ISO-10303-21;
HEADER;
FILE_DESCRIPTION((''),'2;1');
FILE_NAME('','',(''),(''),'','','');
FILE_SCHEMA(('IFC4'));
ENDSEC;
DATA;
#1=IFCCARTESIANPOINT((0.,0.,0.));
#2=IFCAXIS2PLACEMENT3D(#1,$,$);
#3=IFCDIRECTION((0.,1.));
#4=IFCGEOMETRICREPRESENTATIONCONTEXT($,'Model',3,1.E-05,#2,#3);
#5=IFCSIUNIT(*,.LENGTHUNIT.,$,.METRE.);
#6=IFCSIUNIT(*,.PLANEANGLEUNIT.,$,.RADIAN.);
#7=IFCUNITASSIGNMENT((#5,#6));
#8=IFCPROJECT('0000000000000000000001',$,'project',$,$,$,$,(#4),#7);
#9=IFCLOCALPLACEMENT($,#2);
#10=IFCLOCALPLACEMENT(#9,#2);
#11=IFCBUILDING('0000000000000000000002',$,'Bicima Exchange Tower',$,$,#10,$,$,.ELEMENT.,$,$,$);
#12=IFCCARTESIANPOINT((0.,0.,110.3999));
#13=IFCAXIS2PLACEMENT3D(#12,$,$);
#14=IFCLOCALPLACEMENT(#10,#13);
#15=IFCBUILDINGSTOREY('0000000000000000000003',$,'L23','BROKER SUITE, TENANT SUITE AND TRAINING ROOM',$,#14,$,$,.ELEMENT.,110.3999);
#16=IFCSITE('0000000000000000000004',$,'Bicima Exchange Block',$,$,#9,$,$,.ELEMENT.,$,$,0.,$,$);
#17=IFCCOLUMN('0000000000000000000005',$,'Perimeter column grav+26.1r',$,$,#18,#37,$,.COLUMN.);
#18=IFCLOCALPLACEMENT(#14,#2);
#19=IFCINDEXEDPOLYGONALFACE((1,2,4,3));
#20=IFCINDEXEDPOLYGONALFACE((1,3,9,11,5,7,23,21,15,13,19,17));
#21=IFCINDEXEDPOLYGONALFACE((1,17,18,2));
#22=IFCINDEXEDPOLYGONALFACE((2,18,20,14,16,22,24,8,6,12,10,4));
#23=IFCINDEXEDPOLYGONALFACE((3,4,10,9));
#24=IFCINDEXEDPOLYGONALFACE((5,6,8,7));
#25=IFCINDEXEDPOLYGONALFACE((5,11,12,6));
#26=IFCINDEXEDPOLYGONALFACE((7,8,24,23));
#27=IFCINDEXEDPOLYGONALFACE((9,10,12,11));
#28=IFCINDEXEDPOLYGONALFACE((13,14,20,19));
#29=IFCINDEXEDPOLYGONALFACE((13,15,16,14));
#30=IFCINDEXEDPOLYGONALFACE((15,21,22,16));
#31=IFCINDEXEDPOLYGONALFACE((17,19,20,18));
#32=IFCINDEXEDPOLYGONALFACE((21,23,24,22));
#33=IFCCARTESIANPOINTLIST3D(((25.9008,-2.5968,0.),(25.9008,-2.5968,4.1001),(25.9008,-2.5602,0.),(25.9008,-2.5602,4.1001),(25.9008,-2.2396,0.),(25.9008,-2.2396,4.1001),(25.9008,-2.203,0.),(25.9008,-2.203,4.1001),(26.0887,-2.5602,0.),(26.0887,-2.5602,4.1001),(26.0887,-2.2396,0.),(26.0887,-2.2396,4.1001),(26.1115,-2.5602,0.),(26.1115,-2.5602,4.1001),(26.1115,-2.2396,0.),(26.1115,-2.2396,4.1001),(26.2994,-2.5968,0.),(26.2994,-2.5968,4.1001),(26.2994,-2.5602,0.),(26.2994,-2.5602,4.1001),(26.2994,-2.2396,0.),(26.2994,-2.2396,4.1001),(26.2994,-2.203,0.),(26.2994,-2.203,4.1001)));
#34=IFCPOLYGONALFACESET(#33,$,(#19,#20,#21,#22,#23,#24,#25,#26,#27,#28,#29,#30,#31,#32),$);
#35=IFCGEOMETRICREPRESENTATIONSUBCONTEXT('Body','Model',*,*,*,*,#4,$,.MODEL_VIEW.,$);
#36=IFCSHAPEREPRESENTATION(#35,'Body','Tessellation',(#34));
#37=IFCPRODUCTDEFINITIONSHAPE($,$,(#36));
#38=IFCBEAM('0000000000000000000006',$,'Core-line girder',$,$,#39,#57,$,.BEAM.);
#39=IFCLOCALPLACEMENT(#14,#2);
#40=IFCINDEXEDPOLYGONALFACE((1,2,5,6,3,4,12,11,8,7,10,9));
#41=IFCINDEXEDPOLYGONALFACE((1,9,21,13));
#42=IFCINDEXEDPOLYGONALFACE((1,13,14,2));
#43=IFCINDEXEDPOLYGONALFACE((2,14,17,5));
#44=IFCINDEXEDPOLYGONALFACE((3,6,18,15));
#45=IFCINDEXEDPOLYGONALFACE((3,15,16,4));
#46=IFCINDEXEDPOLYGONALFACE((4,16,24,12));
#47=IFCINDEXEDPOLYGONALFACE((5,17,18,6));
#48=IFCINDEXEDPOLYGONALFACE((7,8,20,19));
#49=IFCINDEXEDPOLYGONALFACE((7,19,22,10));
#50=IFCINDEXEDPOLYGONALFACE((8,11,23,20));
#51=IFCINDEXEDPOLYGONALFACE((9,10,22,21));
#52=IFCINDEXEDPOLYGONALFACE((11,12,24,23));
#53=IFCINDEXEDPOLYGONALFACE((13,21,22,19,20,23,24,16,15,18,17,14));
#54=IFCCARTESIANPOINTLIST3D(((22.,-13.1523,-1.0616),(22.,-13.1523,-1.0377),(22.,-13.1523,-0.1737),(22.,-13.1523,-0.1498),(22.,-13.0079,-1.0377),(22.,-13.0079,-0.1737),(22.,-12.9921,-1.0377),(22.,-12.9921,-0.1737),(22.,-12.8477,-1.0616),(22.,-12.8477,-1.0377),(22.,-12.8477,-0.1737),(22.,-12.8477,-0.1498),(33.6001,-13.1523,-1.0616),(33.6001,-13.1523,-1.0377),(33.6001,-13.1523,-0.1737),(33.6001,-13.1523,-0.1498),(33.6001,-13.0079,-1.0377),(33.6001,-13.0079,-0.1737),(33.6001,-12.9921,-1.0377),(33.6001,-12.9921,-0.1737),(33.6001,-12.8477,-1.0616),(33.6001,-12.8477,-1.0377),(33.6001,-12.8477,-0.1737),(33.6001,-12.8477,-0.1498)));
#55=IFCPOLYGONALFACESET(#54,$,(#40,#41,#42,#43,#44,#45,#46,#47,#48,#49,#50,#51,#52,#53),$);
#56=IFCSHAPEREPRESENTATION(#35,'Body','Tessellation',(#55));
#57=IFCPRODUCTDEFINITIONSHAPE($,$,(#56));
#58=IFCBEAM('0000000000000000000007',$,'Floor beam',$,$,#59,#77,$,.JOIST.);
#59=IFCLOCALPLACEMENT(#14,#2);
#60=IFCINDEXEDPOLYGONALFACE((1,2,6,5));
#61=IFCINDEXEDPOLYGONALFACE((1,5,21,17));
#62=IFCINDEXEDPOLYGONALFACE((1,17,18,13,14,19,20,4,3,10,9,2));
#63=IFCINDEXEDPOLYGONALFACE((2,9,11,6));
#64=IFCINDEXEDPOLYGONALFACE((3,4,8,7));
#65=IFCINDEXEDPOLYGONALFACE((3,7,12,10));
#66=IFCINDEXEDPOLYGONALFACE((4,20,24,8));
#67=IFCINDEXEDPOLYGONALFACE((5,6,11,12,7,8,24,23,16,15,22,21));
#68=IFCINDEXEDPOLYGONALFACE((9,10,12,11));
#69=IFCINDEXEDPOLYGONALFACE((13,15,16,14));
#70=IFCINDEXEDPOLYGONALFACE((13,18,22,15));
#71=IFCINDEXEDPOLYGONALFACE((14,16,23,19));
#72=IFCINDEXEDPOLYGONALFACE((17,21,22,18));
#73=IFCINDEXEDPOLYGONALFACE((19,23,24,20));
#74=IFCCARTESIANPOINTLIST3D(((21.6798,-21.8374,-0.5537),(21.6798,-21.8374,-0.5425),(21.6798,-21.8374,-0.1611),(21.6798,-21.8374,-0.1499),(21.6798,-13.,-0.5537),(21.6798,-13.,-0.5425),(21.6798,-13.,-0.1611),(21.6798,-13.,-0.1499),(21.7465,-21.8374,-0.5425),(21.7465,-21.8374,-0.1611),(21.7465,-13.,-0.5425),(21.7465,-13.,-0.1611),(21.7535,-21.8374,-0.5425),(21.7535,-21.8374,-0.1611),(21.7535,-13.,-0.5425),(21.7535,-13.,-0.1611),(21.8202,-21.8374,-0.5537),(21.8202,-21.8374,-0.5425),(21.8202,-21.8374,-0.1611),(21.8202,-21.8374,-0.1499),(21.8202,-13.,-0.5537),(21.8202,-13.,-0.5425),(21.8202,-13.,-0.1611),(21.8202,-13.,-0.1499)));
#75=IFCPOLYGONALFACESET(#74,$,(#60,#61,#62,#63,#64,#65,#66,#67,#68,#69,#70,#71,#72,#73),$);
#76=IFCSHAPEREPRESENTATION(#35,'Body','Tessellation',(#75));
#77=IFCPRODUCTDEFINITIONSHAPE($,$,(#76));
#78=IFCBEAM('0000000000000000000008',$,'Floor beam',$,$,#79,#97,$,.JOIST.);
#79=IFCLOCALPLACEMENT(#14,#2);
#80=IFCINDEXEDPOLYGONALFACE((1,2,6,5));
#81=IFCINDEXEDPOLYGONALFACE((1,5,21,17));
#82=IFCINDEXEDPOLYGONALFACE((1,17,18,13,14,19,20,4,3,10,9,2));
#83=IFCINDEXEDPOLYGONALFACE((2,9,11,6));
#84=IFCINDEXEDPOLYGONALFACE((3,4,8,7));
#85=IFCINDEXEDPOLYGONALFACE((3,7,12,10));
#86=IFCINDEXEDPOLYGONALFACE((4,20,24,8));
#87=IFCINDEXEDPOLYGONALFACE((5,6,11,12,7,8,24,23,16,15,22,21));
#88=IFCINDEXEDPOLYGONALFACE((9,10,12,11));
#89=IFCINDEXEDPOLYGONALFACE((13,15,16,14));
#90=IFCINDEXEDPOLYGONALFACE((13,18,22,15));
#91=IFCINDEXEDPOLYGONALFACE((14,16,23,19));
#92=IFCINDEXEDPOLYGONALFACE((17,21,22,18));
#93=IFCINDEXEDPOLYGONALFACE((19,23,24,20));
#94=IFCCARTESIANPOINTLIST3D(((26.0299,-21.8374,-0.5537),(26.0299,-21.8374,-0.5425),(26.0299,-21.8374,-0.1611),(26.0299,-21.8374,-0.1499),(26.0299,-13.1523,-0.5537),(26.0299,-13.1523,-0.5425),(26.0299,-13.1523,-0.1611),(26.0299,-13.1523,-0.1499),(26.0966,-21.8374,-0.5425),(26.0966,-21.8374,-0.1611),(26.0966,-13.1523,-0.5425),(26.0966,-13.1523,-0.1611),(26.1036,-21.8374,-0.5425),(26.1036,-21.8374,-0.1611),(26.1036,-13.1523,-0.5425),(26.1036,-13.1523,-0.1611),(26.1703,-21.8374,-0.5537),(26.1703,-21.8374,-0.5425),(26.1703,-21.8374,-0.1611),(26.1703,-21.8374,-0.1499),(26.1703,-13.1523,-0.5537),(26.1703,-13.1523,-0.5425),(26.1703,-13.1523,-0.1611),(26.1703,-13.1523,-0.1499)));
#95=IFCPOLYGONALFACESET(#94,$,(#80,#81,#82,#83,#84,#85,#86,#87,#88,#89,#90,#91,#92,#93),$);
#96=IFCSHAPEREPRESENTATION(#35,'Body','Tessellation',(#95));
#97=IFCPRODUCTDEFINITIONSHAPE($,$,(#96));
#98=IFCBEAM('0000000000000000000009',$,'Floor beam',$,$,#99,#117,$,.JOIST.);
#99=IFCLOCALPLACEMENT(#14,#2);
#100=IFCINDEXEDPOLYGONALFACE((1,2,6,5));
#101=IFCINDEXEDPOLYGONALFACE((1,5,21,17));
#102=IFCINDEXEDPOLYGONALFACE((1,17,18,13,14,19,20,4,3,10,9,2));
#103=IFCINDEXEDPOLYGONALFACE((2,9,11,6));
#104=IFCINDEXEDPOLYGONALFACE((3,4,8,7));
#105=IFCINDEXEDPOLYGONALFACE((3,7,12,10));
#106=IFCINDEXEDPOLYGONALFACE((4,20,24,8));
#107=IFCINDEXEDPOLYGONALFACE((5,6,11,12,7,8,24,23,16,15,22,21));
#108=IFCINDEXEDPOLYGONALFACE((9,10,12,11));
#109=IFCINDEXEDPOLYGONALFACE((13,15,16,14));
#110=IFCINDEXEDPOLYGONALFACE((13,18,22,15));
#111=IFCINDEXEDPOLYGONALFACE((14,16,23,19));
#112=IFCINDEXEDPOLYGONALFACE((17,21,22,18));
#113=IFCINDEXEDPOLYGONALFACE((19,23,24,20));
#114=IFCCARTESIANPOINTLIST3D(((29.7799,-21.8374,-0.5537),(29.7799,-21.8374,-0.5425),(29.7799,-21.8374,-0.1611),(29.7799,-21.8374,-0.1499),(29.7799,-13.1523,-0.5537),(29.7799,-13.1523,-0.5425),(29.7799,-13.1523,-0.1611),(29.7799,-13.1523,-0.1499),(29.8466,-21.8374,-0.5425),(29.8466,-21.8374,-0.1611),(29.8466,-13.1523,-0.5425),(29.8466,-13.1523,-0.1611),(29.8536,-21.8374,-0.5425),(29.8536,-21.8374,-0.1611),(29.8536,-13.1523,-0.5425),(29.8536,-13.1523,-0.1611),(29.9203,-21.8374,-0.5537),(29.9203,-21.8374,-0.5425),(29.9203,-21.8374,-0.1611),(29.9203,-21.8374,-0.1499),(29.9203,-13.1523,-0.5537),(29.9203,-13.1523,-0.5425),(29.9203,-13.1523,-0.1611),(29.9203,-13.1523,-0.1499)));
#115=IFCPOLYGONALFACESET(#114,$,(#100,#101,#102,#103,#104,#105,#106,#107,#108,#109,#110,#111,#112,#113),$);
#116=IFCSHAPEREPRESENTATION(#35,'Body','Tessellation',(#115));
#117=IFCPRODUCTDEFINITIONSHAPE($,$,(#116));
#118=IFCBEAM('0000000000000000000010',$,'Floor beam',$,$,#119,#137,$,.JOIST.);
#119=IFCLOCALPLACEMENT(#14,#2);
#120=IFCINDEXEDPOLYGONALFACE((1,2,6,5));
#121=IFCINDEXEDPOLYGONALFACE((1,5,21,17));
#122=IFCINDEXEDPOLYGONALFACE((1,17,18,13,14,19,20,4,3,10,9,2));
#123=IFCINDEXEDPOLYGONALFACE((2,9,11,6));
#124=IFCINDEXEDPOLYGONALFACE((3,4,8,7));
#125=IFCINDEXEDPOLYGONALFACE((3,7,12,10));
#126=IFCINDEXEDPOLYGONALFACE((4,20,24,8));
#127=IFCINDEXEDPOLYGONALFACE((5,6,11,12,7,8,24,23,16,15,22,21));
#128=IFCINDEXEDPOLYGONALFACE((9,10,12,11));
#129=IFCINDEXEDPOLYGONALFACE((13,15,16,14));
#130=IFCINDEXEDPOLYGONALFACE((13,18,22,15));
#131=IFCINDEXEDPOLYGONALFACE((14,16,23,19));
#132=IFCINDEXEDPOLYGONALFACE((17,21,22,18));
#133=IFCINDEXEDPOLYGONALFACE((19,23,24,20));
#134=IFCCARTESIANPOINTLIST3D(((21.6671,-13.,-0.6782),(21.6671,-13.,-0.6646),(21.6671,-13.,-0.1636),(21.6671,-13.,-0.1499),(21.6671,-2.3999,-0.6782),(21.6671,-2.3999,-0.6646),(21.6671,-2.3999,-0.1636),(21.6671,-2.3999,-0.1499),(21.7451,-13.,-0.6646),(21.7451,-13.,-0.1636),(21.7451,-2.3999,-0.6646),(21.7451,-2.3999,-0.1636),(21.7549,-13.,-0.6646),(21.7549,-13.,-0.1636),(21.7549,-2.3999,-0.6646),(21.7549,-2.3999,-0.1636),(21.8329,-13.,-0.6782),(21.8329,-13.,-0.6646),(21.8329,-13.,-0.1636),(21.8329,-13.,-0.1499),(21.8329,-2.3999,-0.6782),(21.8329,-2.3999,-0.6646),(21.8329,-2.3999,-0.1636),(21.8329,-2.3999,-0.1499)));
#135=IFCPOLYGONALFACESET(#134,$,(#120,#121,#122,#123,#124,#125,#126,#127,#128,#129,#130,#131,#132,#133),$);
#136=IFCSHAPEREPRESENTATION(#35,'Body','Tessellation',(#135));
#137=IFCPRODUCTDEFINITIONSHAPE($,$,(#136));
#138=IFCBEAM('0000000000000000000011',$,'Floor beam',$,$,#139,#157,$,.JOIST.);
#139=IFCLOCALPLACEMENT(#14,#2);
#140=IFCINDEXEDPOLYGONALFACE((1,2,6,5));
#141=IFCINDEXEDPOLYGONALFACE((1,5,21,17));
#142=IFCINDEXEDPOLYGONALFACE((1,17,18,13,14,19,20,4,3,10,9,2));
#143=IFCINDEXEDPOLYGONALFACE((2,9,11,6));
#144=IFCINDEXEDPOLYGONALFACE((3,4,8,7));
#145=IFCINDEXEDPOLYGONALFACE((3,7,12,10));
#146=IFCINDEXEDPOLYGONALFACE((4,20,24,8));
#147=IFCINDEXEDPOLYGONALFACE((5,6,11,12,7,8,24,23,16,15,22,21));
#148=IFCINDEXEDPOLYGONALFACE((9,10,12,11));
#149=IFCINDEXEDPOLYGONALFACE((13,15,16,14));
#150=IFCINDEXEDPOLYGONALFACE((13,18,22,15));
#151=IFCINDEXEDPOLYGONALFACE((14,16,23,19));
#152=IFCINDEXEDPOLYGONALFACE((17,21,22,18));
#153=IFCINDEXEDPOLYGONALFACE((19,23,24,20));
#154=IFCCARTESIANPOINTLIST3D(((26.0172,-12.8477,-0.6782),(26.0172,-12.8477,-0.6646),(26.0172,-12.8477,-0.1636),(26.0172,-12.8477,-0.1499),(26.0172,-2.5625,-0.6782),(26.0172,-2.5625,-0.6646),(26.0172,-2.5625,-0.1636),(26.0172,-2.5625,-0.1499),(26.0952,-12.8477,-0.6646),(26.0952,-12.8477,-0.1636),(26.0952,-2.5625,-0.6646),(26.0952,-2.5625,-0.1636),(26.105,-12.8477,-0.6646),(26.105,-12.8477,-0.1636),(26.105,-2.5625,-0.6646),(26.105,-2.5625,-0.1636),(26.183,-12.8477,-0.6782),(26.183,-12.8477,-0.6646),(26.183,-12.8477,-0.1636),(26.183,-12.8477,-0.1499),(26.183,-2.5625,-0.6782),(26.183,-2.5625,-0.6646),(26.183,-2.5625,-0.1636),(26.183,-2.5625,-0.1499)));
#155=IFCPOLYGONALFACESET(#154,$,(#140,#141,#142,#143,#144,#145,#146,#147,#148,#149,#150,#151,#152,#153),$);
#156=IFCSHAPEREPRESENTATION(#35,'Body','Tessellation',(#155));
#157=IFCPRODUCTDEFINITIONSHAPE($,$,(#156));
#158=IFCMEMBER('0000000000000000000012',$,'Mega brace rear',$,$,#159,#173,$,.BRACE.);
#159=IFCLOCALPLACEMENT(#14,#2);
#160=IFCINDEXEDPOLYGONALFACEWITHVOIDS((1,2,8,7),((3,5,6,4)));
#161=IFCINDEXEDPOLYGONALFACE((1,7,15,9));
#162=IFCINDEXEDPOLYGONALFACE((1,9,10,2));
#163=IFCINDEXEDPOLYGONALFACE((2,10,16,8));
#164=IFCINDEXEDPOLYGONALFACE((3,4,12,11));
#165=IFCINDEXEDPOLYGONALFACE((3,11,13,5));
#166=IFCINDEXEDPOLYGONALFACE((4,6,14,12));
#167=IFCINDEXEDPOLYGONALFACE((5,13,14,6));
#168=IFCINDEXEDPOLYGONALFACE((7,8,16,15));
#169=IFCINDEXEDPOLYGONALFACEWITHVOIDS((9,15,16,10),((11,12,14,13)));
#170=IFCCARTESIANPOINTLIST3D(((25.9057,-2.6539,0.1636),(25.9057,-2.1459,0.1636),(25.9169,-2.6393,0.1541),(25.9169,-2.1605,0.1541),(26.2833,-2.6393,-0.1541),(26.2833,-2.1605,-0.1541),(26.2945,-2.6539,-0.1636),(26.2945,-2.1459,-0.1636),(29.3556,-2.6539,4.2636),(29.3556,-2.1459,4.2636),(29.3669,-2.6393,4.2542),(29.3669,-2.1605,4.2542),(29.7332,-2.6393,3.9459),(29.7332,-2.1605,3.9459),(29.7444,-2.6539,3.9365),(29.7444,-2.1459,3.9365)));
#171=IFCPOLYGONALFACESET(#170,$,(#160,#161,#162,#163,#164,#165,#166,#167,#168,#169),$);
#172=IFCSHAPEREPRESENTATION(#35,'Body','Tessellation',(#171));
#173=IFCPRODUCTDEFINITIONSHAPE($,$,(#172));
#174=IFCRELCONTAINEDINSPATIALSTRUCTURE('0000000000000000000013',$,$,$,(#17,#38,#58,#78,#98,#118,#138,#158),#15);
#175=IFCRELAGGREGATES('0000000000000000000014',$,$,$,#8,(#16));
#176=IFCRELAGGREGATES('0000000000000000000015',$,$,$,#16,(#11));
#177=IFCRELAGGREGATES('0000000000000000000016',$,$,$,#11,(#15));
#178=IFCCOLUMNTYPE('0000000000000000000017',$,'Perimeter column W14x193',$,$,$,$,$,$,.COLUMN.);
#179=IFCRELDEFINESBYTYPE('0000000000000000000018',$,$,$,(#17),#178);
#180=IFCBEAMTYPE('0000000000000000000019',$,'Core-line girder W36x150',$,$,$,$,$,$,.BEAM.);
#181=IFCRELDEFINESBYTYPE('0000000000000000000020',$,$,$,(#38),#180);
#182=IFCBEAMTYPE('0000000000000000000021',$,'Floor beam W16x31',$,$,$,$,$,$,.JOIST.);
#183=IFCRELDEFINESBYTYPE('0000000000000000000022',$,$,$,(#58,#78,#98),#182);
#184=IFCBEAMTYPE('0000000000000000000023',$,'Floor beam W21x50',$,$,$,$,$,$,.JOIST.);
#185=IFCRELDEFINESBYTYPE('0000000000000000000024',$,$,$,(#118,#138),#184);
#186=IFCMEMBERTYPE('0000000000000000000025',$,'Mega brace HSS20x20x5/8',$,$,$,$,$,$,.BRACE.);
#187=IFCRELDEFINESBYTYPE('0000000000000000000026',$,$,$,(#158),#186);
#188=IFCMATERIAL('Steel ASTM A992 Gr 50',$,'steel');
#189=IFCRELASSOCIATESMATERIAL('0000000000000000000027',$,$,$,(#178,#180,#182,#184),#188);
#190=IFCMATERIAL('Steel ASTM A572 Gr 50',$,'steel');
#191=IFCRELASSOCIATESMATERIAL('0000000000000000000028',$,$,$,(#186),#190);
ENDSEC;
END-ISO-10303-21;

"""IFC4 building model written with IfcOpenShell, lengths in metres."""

from ifc_helpers import new_model, si_unit, direction, frame, origin, origin_2d, place, context, subcontext, project, spatial, hollow_rectangle, i_section, extrude, material, material_profile, profile_set, type_object, element, save


model = new_model("IFC4")

# Units and contexts
model_context = context("Model", 3, precision=1e-05, world=origin(), true_north=direction((0.0, 1.0)))
body_context = subcontext(model_context, "Body", "Model", "MODEL_VIEW")
ifc_project = project(units=[si_unit("LENGTHUNIT", "METRE"), si_unit("PLANEANGLEUNIT", "RADIAN")], contexts=[model_context])

# Site, building, storey
site_placement = place(None, origin())
site = spatial("IfcSite", under=ifc_project, at=site_placement, Name="Bicima Exchange Block", CompositionType="ELEMENT", RefElevation=0.0)
building_placement = place(site_placement, origin())
building = spatial("IfcBuilding", under=site, at=building_placement, Name="Bicima Exchange Tower", CompositionType="ELEMENT")
storey_placement = place(building_placement, frame((0.0, 0.0, 110.3999)))
storey = spatial("IfcBuildingStorey", under=building, at=storey_placement, Name="L23", Description="BROKER SUITE, TENANT SUITE AND TRAINING ROOM", CompositionType="ELEMENT", Elevation=110.3999)

# Column
ifc_material_1 = material(Name="Steel ASTM A992 Gr 50", Category="steel")
ifc_material_profile_1 = material_profile(ifc_material_1, i_section(OverallWidth=0.3987, OverallDepth=0.3938, WebThickness=0.0227, FlangeThickness=0.0366, at=origin_2d()))
ifc_profile_set_1 = profile_set([ifc_material_profile_1], Name="Steel ASTM A992 Gr 50")
column_type = type_object("IfcColumnType", Name="Perimeter column W14x193", PredefinedType="COLUMN", material=ifc_profile_set_1)
column_placement = place(storey_placement, frame((26.1001, -2.3999, 0.0), z_axis=(0.0, 0.0, 1.0), x_axis=(1.0, 0.0, 0.0)))
element("IfcColumn", 1, at=column_placement, inside=storey, type_object=column_type, Name="Perimeter column grav+26.1r", PredefinedType="COLUMN", context=body_context, shape_type="SweptSolid", body=[
    extrude(i_section(OverallWidth=0.3987, OverallDepth=0.3938, WebThickness=0.0227, FlangeThickness=0.0366, at=origin_2d()), origin(), (0.0, 0.0, 1.0), 4.1001),
])

# Beams
ifc_material_profile_2 = material_profile(ifc_material_1, i_section(OverallWidth=0.3047, OverallDepth=0.9119, WebThickness=0.0159, FlangeThickness=0.0239, at=origin_2d()))
ifc_profile_set_2 = profile_set([ifc_material_profile_2], Name="Steel ASTM A992 Gr 50")
beam_type_1 = type_object("IfcBeamType", Name="Core-line girder W36x150", PredefinedType="BEAM", material=ifc_profile_set_2)
beam_1_placement = place(storey_placement, frame((22.0, -13.0, -0.6057), z_axis=(1.0, 0.0, 0.0), x_axis=(0.0, 1.0, 0.0)))
element("IfcBeam", 2, at=beam_1_placement, inside=storey, type_object=beam_type_1, Name="Core-line girder", PredefinedType="BEAM", context=body_context, shape_type="SweptSolid", body=[
    extrude(i_section(OverallWidth=0.3047, OverallDepth=0.9119, WebThickness=0.0159, FlangeThickness=0.0239, at=origin_2d()), origin(), (0.0, 0.0, 1.0), 11.6001),
])
ifc_material_profile_3 = material_profile(ifc_material_1, i_section(OverallWidth=0.1404, OverallDepth=0.4038, WebThickness=0.0071, FlangeThickness=0.0112, at=origin_2d()))
ifc_profile_set_3 = profile_set([ifc_material_profile_3], Name="Steel ASTM A992 Gr 50")
beam_type_2 = type_object("IfcBeamType", Name="Floor beam W16x31", PredefinedType="JOIST", material=ifc_profile_set_3)
beam_2_placement = place(storey_placement, frame((21.75, -13.0, -0.3518), z_axis=(0.0, -1.0, 0.0), x_axis=(1.0, 0.0, 0.0)))
element("IfcBeam", 3, at=beam_2_placement, inside=storey, type_object=beam_type_2, Name="Floor beam", PredefinedType="JOIST", context=body_context, shape_type="SweptSolid", body=[
    extrude(i_section(OverallWidth=0.1404, OverallDepth=0.4038, WebThickness=0.0071, FlangeThickness=0.0112, at=origin_2d()), origin(), (0.0, 0.0, 1.0), 8.8374),
])
for number, where, z_axis, x_axis, name in (
    (4, (26.1001, -13.1523, -0.3518), (0.0, -1.0, 0.0), (1.0, 0.0, 0.0), "Floor beam"),
    (5, (29.8501, -13.1523, -0.3518), (0.0, -1.0, 0.0), (1.0, 0.0, 0.0), "Floor beam"),
):
    element("IfcBeam", number, at=place(storey_placement, frame(where, z_axis=z_axis, x_axis=x_axis)), inside=storey, type_object=beam_type_2, Name=name, PredefinedType="JOIST", context=body_context, shape_type="SweptSolid", body=[
        extrude(i_section(OverallWidth=0.1404, OverallDepth=0.4038, WebThickness=0.0071, FlangeThickness=0.0112, at=origin_2d()), origin(), (0.0, 0.0, 1.0), 8.6851),
    ])
ifc_material_profile_4 = material_profile(ifc_material_1, i_section(OverallWidth=0.1658, OverallDepth=0.5283, WebThickness=0.0098, FlangeThickness=0.0137, at=origin_2d()))
ifc_profile_set_4 = profile_set([ifc_material_profile_4], Name="Steel ASTM A992 Gr 50")
beam_type_3 = type_object("IfcBeamType", Name="Floor beam W21x50", PredefinedType="JOIST", material=ifc_profile_set_4)
beam_3_placement = place(storey_placement, frame((21.75, -2.3999, -0.4141), z_axis=(0.0, -1.0, 0.0), x_axis=(1.0, 0.0, 0.0)))
element("IfcBeam", 6, at=beam_3_placement, inside=storey, type_object=beam_type_3, Name="Floor beam", PredefinedType="JOIST", context=body_context, shape_type="SweptSolid", body=[
    extrude(i_section(OverallWidth=0.1658, OverallDepth=0.5283, WebThickness=0.0098, FlangeThickness=0.0137, at=origin_2d()), origin(), (0.0, 0.0, 1.0), 10.6001),
])
beam_4_placement = place(storey_placement, frame((26.1001, -2.5625, -0.4141), z_axis=(0.0, -1.0, 0.0), x_axis=(1.0, 0.0, 0.0)))
element("IfcBeam", 7, at=beam_4_placement, inside=storey, type_object=beam_type_3, Name="Floor beam", PredefinedType="JOIST", context=body_context, shape_type="SweptSolid", body=[
    extrude(i_section(OverallWidth=0.1658, OverallDepth=0.5283, WebThickness=0.0098, FlangeThickness=0.0137, at=origin_2d()), origin(), (0.0, 0.0, 1.0), 10.2852),
])

# Member
ifc_material_2 = material(Name="Steel ASTM A572 Gr 50", Category="steel")
ifc_material_profile_5 = material_profile(ifc_material_2, hollow_rectangle(XDim=0.5081, YDim=0.5081, WallThickness=0.0146, at=origin_2d()))
ifc_profile_set_5 = profile_set([ifc_material_profile_5], Name="Steel ASTM A572 Gr 50")
member_type = type_object("IfcMemberType", Name="Mega brace HSS20x20x5/8", PredefinedType="BRACE", material=ifc_profile_set_5)
member_placement = place(storey_placement, frame((26.1001, -2.3999, 0.0), z_axis=(0.643834, 0.0, 0.765165), x_axis=(0.0, 1.0, 0.0)))
element("IfcMember", 8, at=member_placement, inside=storey, type_object=member_type, Name="Mega brace rear", PredefinedType="BRACE", context=body_context, shape_type="SweptSolid", body=[
    extrude(hollow_rectangle(XDim=0.5081, YDim=0.5081, WallThickness=0.0146, at=origin_2d()), origin(), (0.0, 0.0, 1.0), 5.3584),
])

save(model, "model.ifc")
